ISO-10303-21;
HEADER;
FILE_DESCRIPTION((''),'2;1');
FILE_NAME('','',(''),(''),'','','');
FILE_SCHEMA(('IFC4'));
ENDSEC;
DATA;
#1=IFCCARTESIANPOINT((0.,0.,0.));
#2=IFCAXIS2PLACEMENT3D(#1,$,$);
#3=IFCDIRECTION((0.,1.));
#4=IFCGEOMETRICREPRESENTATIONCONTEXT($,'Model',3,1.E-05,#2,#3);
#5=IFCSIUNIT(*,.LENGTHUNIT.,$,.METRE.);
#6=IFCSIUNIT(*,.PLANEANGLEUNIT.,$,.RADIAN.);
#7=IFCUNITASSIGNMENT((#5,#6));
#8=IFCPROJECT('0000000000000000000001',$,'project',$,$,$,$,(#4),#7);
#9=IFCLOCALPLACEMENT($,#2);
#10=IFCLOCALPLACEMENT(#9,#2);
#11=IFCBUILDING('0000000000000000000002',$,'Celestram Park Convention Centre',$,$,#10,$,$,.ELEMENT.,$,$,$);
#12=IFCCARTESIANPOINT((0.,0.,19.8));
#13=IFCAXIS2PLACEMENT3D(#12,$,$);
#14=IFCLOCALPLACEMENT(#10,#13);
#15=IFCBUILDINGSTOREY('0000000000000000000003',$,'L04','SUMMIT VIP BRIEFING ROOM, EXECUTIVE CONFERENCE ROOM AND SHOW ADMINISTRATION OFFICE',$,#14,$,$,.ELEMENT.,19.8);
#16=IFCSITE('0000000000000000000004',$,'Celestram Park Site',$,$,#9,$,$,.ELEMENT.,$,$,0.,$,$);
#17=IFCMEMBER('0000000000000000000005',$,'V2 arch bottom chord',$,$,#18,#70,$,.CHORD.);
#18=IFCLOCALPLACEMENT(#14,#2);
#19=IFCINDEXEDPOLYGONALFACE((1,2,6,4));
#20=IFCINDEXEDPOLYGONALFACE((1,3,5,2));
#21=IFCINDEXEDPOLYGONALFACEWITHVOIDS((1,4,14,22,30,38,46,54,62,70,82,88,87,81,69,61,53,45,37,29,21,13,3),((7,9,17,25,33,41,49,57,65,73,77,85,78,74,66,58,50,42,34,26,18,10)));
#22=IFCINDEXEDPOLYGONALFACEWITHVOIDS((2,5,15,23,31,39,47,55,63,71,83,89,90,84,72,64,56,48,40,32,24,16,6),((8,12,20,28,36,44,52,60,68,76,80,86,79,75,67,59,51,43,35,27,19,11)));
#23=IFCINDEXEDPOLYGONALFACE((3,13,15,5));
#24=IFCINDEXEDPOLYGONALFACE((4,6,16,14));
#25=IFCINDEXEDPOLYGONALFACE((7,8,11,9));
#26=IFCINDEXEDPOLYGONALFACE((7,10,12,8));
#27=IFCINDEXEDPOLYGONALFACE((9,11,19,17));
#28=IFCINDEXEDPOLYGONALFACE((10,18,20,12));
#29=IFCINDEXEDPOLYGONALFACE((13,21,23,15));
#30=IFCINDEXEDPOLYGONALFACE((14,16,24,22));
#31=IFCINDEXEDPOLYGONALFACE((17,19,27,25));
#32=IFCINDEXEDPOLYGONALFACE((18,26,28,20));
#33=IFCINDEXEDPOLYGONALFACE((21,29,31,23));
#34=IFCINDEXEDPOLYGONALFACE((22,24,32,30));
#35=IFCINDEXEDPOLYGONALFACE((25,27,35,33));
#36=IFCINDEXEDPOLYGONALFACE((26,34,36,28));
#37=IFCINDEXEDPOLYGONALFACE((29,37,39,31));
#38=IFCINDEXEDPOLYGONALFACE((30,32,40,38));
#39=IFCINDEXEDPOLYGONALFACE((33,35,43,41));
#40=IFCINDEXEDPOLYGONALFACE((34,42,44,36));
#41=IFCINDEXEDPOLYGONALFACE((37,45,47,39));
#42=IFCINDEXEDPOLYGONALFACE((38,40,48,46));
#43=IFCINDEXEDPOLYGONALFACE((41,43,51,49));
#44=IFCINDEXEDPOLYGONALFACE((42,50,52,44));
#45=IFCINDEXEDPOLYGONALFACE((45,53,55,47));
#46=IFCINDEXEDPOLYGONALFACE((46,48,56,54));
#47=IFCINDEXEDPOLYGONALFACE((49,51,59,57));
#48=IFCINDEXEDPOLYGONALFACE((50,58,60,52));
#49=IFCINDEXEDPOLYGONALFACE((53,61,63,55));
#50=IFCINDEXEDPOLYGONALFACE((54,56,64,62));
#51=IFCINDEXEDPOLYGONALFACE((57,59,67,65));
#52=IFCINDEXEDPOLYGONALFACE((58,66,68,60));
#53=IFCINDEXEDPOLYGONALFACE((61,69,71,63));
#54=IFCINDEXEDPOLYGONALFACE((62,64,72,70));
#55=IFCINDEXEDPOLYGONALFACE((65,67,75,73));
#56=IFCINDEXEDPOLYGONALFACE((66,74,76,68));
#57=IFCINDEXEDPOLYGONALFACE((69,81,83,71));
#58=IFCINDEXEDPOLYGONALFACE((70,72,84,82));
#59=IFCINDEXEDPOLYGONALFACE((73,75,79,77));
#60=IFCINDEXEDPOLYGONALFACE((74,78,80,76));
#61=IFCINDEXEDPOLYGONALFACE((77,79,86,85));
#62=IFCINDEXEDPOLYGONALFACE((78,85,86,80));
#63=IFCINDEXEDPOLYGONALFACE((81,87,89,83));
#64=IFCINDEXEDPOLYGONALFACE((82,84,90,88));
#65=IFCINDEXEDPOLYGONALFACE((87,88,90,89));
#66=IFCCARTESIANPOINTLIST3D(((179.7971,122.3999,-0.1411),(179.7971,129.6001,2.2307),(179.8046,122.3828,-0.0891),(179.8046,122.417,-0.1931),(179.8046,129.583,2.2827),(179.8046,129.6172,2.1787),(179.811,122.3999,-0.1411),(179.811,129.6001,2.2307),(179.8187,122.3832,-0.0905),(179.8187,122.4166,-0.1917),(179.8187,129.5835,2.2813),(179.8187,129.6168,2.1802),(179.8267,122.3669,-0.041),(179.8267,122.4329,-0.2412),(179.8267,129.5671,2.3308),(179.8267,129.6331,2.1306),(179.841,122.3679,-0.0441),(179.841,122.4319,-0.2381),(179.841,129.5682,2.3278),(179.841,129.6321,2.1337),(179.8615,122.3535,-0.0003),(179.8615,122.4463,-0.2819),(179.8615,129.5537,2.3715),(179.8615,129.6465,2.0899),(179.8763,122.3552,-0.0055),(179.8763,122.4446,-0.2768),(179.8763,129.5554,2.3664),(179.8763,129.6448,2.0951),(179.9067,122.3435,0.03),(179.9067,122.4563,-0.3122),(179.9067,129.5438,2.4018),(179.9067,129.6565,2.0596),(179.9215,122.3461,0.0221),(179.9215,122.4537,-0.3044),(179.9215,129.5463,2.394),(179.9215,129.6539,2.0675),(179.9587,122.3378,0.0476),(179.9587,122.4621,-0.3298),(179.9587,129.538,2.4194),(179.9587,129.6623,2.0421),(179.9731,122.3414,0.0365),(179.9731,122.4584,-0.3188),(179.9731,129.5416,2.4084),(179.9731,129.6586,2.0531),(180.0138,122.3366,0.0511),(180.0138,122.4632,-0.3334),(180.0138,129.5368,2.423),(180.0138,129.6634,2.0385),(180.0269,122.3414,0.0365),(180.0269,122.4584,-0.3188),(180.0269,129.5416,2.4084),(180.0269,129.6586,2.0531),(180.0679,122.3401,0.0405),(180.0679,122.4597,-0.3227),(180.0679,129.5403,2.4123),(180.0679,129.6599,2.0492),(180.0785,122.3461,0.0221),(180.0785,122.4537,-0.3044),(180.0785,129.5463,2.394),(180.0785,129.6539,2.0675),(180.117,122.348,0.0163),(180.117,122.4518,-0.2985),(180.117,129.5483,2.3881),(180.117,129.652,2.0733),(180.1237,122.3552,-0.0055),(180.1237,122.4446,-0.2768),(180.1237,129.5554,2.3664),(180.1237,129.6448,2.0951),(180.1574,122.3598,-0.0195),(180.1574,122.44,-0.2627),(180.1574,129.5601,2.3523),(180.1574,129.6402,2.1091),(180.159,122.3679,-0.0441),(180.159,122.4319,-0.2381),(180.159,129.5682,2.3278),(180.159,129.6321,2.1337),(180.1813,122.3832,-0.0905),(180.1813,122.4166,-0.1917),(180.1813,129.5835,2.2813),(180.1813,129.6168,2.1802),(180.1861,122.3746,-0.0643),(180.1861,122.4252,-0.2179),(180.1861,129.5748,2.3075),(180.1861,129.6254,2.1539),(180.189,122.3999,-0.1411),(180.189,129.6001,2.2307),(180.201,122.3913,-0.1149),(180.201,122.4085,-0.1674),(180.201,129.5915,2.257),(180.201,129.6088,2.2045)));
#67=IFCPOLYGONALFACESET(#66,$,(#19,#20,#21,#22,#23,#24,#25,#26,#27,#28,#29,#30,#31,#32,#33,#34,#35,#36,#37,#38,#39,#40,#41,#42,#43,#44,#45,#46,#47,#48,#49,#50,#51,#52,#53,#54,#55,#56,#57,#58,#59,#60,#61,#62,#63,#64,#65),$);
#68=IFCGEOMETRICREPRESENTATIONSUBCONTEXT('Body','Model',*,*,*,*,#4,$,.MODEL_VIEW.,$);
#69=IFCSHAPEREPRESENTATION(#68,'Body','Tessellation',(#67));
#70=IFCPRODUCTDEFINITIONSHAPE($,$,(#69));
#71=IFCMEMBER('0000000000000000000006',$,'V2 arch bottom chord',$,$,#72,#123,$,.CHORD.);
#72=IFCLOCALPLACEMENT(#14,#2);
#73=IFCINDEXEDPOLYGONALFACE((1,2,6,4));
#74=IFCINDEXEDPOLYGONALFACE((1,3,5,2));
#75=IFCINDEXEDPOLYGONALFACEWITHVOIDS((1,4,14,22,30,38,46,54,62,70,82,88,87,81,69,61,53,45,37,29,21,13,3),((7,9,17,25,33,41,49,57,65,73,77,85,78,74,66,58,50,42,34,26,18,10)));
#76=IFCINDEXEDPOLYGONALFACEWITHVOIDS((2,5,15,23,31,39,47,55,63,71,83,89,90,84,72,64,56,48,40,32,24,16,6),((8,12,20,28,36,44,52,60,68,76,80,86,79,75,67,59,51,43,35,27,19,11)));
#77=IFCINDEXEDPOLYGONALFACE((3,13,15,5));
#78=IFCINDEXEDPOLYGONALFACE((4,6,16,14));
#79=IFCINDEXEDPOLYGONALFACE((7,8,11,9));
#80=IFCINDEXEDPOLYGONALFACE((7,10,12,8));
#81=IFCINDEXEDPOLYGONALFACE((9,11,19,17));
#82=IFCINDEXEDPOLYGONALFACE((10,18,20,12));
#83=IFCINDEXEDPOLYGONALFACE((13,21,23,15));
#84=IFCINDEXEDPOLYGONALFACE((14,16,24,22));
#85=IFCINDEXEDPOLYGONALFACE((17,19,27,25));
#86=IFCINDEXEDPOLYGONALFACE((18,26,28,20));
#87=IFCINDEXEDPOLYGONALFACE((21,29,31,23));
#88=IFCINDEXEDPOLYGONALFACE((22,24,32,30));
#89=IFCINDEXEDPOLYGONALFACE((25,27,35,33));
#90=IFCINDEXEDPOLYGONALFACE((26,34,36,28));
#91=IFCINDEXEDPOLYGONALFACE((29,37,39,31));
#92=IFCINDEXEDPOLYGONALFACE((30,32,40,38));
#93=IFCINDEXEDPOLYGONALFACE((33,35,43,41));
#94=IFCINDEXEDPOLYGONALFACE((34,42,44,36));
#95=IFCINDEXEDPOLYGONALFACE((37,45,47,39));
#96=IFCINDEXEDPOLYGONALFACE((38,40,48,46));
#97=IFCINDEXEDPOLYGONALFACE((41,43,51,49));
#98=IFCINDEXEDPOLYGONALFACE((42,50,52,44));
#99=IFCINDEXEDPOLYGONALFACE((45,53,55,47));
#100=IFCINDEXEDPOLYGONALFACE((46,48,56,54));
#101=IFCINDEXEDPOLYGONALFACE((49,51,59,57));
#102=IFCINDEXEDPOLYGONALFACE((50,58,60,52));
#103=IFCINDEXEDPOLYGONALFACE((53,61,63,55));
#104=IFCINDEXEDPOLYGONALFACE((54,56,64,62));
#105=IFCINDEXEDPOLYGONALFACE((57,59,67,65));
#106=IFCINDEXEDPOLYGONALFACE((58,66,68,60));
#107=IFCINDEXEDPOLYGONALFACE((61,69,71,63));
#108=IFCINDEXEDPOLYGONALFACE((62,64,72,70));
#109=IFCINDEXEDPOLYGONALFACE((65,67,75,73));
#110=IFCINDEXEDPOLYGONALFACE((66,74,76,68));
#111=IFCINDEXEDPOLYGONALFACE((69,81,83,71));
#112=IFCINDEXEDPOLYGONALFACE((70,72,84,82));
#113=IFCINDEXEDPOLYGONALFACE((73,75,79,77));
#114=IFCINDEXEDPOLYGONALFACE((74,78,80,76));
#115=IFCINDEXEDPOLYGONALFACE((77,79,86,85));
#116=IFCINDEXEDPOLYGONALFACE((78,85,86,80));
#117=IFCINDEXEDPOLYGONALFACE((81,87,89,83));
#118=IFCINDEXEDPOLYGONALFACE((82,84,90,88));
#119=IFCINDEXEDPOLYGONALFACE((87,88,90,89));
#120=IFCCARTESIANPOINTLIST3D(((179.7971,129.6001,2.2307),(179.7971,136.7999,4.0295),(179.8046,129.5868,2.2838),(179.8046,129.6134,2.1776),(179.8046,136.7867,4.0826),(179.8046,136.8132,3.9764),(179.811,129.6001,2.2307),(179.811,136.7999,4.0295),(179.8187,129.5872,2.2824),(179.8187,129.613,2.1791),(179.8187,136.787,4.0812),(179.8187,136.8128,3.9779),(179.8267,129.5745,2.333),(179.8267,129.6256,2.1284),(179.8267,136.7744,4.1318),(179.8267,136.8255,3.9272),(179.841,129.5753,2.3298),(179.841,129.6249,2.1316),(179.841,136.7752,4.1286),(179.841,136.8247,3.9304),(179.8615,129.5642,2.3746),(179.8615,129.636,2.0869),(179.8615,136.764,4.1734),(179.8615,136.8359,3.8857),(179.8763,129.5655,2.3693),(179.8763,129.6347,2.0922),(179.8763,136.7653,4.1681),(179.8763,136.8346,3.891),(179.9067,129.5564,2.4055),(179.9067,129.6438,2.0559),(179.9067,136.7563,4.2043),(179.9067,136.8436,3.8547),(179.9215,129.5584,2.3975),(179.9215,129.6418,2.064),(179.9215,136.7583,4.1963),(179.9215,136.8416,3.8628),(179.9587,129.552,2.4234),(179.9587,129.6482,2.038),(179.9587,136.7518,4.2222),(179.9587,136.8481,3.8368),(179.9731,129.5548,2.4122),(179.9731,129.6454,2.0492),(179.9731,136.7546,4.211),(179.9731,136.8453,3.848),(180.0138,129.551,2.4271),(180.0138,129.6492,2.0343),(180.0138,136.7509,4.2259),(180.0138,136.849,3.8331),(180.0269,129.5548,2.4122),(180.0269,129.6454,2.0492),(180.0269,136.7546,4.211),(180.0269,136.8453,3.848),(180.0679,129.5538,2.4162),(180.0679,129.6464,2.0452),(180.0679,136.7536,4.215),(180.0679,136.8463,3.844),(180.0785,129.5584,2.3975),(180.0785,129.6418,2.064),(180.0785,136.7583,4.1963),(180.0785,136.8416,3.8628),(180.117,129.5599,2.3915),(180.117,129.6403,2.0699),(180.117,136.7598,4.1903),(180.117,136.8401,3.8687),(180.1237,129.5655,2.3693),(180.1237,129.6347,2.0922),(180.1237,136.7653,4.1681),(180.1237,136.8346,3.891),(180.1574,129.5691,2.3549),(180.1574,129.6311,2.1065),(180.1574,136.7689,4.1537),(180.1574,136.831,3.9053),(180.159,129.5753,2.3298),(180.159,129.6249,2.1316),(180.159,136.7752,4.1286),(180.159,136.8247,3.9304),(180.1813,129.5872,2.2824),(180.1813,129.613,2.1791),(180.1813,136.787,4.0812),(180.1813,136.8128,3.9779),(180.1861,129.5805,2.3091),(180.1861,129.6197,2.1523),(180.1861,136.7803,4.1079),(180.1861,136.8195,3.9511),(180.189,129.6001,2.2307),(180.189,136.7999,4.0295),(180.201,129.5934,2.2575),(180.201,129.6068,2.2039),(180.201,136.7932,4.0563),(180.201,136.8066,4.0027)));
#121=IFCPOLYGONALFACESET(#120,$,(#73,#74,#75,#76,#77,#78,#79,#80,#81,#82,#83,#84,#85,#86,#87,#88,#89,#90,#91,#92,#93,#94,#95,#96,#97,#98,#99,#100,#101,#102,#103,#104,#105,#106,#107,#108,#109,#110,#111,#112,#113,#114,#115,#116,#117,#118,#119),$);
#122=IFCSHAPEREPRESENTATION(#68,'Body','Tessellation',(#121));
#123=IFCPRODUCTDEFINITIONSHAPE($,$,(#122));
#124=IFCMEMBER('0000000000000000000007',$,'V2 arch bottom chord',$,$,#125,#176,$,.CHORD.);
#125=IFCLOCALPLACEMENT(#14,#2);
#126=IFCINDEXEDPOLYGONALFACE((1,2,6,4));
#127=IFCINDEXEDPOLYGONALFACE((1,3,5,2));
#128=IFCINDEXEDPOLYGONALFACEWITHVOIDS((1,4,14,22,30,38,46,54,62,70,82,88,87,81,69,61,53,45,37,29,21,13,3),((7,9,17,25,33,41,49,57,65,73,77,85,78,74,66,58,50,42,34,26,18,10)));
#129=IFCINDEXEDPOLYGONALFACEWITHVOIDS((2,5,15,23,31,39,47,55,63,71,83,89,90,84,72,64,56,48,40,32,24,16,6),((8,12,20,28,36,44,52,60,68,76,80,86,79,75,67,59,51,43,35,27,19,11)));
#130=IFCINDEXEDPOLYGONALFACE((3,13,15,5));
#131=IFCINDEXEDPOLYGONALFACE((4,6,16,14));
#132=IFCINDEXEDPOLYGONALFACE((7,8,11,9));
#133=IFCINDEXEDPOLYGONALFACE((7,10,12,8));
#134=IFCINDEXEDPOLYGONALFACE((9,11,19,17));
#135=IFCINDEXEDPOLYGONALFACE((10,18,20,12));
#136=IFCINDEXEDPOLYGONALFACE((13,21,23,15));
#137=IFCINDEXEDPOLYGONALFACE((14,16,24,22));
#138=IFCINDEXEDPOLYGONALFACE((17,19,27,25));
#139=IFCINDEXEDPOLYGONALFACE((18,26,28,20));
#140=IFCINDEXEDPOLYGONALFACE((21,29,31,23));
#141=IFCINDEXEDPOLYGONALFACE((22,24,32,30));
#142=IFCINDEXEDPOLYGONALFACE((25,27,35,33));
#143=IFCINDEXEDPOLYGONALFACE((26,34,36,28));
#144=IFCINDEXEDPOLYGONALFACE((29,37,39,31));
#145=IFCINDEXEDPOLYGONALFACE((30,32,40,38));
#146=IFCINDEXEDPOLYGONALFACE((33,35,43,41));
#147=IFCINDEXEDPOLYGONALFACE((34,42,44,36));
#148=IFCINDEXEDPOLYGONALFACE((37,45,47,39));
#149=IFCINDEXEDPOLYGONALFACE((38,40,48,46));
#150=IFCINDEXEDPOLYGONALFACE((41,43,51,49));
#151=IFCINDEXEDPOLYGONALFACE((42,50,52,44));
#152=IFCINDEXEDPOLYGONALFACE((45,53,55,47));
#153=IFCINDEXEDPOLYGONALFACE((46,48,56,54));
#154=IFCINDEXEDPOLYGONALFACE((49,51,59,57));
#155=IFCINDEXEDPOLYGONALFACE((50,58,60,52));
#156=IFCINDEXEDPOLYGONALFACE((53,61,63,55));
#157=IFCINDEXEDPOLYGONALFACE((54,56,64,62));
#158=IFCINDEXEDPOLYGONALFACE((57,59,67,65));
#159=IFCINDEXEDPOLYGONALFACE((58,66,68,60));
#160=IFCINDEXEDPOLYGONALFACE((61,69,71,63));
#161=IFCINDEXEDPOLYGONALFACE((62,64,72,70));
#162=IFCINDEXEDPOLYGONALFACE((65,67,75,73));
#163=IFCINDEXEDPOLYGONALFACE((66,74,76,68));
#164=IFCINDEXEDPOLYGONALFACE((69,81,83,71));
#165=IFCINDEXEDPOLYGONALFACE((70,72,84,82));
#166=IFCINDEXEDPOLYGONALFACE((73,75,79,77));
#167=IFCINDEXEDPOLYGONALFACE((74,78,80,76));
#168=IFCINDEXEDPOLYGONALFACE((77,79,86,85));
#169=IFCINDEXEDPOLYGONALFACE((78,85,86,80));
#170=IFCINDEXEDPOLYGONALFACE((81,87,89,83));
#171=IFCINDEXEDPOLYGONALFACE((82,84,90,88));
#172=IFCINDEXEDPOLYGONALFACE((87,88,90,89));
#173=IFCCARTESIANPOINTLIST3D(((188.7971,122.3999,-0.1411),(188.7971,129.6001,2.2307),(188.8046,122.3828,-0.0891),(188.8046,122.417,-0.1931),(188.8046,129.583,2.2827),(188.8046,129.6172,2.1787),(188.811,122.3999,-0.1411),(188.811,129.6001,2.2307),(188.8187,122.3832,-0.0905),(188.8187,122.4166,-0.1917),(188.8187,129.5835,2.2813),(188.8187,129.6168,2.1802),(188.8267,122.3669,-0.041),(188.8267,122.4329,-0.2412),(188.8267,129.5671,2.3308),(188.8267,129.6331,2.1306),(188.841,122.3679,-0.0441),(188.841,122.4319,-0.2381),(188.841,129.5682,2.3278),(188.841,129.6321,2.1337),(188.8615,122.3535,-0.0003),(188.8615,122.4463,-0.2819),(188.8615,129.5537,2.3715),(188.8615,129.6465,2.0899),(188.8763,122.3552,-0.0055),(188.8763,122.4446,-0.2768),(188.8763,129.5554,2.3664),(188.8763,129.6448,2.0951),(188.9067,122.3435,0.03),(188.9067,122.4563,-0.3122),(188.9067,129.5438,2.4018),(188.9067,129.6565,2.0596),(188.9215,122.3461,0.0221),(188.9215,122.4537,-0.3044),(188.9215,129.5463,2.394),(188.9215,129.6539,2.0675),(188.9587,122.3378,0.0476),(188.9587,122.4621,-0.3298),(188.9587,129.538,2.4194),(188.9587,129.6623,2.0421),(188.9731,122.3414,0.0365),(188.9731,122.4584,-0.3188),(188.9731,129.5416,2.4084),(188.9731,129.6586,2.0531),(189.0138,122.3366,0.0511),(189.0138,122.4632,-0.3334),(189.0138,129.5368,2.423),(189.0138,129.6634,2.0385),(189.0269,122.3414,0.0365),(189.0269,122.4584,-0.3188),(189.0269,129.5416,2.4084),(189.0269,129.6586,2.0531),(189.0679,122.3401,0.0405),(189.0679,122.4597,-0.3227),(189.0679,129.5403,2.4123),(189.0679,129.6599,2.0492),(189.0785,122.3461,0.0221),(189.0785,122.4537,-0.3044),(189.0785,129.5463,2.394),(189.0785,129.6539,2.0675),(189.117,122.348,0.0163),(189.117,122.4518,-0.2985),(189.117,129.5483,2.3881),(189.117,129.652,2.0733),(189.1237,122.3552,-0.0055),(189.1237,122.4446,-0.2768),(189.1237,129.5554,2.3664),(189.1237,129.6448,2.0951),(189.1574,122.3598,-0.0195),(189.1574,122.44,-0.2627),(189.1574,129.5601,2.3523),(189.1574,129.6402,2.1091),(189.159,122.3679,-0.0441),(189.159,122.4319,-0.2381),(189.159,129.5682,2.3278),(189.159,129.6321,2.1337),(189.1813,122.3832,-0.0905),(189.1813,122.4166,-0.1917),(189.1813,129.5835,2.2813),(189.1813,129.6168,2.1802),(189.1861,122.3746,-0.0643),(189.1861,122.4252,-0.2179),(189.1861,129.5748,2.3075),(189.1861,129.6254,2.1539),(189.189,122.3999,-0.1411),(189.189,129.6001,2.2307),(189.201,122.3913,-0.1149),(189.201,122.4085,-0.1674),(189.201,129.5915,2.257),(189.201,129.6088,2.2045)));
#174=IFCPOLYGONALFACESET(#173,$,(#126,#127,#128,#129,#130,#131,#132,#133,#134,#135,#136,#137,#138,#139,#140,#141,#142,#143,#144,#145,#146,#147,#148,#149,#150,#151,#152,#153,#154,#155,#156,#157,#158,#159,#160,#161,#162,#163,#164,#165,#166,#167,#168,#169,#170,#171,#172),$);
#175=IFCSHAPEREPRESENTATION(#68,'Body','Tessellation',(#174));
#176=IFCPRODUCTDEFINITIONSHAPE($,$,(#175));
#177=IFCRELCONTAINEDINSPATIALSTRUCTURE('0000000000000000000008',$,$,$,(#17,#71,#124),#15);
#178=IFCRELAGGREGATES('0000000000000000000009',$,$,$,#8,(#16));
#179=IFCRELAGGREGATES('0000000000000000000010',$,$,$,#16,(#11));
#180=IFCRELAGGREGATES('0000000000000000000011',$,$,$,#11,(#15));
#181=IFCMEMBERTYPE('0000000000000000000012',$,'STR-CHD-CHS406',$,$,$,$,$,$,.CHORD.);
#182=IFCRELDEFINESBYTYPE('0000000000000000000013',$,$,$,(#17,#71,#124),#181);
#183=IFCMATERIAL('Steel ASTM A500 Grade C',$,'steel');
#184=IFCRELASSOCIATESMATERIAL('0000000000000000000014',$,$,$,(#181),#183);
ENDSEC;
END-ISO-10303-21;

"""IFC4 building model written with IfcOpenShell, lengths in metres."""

from ifc_helpers import new_model, si_unit, direction, frame, origin, origin_2d, place, context, subcontext, project, spatial, hollow_circle, extrude, material, material_profile, profile_set, type_object, element, save


model = new_model("IFC4")

# Units and contexts
model_context = context("Model", 3, precision=1e-05, world=origin(), true_north=direction((0.0, 1.0)))
body_context = subcontext(model_context, "Body", "Model", "MODEL_VIEW")
ifc_project = project(units=[si_unit("LENGTHUNIT", "METRE"), si_unit("PLANEANGLEUNIT", "RADIAN")], contexts=[model_context])

# Site, building, storey
site_placement = place(None, origin())
site = spatial("IfcSite", under=ifc_project, at=site_placement, Name="Celestram Park Site", CompositionType="ELEMENT", RefElevation=0.0)
building_placement = place(site_placement, origin())
building = spatial("IfcBuilding", under=site, at=building_placement, Name="Celestram Park Convention Centre", CompositionType="ELEMENT")
storey_placement = place(building_placement, frame((0.0, 0.0, 19.8)))
storey = spatial("IfcBuildingStorey", under=building, at=storey_placement, Name="L04", Description="SUMMIT VIP BRIEFING ROOM, EXECUTIVE CONFERENCE ROOM AND SHOW ADMINISTRATION OFFICE", CompositionType="ELEMENT", Elevation=19.8)

# Members
ifc_material_1 = material(Name="Steel ASTM A500 Grade C", Category="steel")
ifc_material_profile_1 = material_profile(ifc_material_1, hollow_circle(Radius=0.2029, WallThickness=0.0139, at=origin_2d()), Name="CHS406X14")
ifc_profile_set_1 = profile_set([ifc_material_profile_1], Name="Steel ASTM A500 Grade C")
member_type_1 = type_object("IfcMemberType", Name="STR-CHD-CHS406", PredefinedType="CHORD", material=ifc_profile_set_1)
member_1_placement = place(storey_placement, frame((180.0, 122.3999, -0.1411), z_axis=(0.0, 0.949795, 0.312873), x_axis=(-1.0, 0.0, 0.0)))
element("IfcMember", 1, at=member_1_placement, inside=storey, type_object=member_type_1, Name="V2 arch bottom chord", PredefinedType="CHORD", context=body_context, shape_type="SweptSolid", body=[
    extrude(hollow_circle(Radius=0.2029, WallThickness=0.0139, at=origin_2d()), origin(), (0.0, 0.0, 1.0), 7.5808),
])
member_2_placement = place(storey_placement, frame((180.0, 129.6001, 2.2307), z_axis=(0.0, 0.970179, 0.242389), x_axis=(-1.0, 0.0, 0.0)))
element("IfcMember", 2, at=member_2_placement, inside=storey, type_object=member_type_1, Name="V2 arch bottom chord", PredefinedType="CHORD", context=body_context, shape_type="SweptSolid", body=[
    extrude(hollow_circle(Radius=0.2029, WallThickness=0.0139, at=origin_2d()), origin(), (0.0, 0.0, 1.0), 7.4211),
])
member_3_placement = place(storey_placement, frame((189.0, 122.3999, -0.1411), z_axis=(0.0, 0.949795, 0.312873), x_axis=(-1.0, 0.0, 0.0)))
element("IfcMember", 3, at=member_3_placement, inside=storey, type_object=member_type_1, Name="V2 arch bottom chord", PredefinedType="CHORD", context=body_context, shape_type="SweptSolid", body=[
    extrude(hollow_circle(Radius=0.2029, WallThickness=0.0139, at=origin_2d()), origin(), (0.0, 0.0, 1.0), 7.5808),
])

save(model, "model.ifc")
